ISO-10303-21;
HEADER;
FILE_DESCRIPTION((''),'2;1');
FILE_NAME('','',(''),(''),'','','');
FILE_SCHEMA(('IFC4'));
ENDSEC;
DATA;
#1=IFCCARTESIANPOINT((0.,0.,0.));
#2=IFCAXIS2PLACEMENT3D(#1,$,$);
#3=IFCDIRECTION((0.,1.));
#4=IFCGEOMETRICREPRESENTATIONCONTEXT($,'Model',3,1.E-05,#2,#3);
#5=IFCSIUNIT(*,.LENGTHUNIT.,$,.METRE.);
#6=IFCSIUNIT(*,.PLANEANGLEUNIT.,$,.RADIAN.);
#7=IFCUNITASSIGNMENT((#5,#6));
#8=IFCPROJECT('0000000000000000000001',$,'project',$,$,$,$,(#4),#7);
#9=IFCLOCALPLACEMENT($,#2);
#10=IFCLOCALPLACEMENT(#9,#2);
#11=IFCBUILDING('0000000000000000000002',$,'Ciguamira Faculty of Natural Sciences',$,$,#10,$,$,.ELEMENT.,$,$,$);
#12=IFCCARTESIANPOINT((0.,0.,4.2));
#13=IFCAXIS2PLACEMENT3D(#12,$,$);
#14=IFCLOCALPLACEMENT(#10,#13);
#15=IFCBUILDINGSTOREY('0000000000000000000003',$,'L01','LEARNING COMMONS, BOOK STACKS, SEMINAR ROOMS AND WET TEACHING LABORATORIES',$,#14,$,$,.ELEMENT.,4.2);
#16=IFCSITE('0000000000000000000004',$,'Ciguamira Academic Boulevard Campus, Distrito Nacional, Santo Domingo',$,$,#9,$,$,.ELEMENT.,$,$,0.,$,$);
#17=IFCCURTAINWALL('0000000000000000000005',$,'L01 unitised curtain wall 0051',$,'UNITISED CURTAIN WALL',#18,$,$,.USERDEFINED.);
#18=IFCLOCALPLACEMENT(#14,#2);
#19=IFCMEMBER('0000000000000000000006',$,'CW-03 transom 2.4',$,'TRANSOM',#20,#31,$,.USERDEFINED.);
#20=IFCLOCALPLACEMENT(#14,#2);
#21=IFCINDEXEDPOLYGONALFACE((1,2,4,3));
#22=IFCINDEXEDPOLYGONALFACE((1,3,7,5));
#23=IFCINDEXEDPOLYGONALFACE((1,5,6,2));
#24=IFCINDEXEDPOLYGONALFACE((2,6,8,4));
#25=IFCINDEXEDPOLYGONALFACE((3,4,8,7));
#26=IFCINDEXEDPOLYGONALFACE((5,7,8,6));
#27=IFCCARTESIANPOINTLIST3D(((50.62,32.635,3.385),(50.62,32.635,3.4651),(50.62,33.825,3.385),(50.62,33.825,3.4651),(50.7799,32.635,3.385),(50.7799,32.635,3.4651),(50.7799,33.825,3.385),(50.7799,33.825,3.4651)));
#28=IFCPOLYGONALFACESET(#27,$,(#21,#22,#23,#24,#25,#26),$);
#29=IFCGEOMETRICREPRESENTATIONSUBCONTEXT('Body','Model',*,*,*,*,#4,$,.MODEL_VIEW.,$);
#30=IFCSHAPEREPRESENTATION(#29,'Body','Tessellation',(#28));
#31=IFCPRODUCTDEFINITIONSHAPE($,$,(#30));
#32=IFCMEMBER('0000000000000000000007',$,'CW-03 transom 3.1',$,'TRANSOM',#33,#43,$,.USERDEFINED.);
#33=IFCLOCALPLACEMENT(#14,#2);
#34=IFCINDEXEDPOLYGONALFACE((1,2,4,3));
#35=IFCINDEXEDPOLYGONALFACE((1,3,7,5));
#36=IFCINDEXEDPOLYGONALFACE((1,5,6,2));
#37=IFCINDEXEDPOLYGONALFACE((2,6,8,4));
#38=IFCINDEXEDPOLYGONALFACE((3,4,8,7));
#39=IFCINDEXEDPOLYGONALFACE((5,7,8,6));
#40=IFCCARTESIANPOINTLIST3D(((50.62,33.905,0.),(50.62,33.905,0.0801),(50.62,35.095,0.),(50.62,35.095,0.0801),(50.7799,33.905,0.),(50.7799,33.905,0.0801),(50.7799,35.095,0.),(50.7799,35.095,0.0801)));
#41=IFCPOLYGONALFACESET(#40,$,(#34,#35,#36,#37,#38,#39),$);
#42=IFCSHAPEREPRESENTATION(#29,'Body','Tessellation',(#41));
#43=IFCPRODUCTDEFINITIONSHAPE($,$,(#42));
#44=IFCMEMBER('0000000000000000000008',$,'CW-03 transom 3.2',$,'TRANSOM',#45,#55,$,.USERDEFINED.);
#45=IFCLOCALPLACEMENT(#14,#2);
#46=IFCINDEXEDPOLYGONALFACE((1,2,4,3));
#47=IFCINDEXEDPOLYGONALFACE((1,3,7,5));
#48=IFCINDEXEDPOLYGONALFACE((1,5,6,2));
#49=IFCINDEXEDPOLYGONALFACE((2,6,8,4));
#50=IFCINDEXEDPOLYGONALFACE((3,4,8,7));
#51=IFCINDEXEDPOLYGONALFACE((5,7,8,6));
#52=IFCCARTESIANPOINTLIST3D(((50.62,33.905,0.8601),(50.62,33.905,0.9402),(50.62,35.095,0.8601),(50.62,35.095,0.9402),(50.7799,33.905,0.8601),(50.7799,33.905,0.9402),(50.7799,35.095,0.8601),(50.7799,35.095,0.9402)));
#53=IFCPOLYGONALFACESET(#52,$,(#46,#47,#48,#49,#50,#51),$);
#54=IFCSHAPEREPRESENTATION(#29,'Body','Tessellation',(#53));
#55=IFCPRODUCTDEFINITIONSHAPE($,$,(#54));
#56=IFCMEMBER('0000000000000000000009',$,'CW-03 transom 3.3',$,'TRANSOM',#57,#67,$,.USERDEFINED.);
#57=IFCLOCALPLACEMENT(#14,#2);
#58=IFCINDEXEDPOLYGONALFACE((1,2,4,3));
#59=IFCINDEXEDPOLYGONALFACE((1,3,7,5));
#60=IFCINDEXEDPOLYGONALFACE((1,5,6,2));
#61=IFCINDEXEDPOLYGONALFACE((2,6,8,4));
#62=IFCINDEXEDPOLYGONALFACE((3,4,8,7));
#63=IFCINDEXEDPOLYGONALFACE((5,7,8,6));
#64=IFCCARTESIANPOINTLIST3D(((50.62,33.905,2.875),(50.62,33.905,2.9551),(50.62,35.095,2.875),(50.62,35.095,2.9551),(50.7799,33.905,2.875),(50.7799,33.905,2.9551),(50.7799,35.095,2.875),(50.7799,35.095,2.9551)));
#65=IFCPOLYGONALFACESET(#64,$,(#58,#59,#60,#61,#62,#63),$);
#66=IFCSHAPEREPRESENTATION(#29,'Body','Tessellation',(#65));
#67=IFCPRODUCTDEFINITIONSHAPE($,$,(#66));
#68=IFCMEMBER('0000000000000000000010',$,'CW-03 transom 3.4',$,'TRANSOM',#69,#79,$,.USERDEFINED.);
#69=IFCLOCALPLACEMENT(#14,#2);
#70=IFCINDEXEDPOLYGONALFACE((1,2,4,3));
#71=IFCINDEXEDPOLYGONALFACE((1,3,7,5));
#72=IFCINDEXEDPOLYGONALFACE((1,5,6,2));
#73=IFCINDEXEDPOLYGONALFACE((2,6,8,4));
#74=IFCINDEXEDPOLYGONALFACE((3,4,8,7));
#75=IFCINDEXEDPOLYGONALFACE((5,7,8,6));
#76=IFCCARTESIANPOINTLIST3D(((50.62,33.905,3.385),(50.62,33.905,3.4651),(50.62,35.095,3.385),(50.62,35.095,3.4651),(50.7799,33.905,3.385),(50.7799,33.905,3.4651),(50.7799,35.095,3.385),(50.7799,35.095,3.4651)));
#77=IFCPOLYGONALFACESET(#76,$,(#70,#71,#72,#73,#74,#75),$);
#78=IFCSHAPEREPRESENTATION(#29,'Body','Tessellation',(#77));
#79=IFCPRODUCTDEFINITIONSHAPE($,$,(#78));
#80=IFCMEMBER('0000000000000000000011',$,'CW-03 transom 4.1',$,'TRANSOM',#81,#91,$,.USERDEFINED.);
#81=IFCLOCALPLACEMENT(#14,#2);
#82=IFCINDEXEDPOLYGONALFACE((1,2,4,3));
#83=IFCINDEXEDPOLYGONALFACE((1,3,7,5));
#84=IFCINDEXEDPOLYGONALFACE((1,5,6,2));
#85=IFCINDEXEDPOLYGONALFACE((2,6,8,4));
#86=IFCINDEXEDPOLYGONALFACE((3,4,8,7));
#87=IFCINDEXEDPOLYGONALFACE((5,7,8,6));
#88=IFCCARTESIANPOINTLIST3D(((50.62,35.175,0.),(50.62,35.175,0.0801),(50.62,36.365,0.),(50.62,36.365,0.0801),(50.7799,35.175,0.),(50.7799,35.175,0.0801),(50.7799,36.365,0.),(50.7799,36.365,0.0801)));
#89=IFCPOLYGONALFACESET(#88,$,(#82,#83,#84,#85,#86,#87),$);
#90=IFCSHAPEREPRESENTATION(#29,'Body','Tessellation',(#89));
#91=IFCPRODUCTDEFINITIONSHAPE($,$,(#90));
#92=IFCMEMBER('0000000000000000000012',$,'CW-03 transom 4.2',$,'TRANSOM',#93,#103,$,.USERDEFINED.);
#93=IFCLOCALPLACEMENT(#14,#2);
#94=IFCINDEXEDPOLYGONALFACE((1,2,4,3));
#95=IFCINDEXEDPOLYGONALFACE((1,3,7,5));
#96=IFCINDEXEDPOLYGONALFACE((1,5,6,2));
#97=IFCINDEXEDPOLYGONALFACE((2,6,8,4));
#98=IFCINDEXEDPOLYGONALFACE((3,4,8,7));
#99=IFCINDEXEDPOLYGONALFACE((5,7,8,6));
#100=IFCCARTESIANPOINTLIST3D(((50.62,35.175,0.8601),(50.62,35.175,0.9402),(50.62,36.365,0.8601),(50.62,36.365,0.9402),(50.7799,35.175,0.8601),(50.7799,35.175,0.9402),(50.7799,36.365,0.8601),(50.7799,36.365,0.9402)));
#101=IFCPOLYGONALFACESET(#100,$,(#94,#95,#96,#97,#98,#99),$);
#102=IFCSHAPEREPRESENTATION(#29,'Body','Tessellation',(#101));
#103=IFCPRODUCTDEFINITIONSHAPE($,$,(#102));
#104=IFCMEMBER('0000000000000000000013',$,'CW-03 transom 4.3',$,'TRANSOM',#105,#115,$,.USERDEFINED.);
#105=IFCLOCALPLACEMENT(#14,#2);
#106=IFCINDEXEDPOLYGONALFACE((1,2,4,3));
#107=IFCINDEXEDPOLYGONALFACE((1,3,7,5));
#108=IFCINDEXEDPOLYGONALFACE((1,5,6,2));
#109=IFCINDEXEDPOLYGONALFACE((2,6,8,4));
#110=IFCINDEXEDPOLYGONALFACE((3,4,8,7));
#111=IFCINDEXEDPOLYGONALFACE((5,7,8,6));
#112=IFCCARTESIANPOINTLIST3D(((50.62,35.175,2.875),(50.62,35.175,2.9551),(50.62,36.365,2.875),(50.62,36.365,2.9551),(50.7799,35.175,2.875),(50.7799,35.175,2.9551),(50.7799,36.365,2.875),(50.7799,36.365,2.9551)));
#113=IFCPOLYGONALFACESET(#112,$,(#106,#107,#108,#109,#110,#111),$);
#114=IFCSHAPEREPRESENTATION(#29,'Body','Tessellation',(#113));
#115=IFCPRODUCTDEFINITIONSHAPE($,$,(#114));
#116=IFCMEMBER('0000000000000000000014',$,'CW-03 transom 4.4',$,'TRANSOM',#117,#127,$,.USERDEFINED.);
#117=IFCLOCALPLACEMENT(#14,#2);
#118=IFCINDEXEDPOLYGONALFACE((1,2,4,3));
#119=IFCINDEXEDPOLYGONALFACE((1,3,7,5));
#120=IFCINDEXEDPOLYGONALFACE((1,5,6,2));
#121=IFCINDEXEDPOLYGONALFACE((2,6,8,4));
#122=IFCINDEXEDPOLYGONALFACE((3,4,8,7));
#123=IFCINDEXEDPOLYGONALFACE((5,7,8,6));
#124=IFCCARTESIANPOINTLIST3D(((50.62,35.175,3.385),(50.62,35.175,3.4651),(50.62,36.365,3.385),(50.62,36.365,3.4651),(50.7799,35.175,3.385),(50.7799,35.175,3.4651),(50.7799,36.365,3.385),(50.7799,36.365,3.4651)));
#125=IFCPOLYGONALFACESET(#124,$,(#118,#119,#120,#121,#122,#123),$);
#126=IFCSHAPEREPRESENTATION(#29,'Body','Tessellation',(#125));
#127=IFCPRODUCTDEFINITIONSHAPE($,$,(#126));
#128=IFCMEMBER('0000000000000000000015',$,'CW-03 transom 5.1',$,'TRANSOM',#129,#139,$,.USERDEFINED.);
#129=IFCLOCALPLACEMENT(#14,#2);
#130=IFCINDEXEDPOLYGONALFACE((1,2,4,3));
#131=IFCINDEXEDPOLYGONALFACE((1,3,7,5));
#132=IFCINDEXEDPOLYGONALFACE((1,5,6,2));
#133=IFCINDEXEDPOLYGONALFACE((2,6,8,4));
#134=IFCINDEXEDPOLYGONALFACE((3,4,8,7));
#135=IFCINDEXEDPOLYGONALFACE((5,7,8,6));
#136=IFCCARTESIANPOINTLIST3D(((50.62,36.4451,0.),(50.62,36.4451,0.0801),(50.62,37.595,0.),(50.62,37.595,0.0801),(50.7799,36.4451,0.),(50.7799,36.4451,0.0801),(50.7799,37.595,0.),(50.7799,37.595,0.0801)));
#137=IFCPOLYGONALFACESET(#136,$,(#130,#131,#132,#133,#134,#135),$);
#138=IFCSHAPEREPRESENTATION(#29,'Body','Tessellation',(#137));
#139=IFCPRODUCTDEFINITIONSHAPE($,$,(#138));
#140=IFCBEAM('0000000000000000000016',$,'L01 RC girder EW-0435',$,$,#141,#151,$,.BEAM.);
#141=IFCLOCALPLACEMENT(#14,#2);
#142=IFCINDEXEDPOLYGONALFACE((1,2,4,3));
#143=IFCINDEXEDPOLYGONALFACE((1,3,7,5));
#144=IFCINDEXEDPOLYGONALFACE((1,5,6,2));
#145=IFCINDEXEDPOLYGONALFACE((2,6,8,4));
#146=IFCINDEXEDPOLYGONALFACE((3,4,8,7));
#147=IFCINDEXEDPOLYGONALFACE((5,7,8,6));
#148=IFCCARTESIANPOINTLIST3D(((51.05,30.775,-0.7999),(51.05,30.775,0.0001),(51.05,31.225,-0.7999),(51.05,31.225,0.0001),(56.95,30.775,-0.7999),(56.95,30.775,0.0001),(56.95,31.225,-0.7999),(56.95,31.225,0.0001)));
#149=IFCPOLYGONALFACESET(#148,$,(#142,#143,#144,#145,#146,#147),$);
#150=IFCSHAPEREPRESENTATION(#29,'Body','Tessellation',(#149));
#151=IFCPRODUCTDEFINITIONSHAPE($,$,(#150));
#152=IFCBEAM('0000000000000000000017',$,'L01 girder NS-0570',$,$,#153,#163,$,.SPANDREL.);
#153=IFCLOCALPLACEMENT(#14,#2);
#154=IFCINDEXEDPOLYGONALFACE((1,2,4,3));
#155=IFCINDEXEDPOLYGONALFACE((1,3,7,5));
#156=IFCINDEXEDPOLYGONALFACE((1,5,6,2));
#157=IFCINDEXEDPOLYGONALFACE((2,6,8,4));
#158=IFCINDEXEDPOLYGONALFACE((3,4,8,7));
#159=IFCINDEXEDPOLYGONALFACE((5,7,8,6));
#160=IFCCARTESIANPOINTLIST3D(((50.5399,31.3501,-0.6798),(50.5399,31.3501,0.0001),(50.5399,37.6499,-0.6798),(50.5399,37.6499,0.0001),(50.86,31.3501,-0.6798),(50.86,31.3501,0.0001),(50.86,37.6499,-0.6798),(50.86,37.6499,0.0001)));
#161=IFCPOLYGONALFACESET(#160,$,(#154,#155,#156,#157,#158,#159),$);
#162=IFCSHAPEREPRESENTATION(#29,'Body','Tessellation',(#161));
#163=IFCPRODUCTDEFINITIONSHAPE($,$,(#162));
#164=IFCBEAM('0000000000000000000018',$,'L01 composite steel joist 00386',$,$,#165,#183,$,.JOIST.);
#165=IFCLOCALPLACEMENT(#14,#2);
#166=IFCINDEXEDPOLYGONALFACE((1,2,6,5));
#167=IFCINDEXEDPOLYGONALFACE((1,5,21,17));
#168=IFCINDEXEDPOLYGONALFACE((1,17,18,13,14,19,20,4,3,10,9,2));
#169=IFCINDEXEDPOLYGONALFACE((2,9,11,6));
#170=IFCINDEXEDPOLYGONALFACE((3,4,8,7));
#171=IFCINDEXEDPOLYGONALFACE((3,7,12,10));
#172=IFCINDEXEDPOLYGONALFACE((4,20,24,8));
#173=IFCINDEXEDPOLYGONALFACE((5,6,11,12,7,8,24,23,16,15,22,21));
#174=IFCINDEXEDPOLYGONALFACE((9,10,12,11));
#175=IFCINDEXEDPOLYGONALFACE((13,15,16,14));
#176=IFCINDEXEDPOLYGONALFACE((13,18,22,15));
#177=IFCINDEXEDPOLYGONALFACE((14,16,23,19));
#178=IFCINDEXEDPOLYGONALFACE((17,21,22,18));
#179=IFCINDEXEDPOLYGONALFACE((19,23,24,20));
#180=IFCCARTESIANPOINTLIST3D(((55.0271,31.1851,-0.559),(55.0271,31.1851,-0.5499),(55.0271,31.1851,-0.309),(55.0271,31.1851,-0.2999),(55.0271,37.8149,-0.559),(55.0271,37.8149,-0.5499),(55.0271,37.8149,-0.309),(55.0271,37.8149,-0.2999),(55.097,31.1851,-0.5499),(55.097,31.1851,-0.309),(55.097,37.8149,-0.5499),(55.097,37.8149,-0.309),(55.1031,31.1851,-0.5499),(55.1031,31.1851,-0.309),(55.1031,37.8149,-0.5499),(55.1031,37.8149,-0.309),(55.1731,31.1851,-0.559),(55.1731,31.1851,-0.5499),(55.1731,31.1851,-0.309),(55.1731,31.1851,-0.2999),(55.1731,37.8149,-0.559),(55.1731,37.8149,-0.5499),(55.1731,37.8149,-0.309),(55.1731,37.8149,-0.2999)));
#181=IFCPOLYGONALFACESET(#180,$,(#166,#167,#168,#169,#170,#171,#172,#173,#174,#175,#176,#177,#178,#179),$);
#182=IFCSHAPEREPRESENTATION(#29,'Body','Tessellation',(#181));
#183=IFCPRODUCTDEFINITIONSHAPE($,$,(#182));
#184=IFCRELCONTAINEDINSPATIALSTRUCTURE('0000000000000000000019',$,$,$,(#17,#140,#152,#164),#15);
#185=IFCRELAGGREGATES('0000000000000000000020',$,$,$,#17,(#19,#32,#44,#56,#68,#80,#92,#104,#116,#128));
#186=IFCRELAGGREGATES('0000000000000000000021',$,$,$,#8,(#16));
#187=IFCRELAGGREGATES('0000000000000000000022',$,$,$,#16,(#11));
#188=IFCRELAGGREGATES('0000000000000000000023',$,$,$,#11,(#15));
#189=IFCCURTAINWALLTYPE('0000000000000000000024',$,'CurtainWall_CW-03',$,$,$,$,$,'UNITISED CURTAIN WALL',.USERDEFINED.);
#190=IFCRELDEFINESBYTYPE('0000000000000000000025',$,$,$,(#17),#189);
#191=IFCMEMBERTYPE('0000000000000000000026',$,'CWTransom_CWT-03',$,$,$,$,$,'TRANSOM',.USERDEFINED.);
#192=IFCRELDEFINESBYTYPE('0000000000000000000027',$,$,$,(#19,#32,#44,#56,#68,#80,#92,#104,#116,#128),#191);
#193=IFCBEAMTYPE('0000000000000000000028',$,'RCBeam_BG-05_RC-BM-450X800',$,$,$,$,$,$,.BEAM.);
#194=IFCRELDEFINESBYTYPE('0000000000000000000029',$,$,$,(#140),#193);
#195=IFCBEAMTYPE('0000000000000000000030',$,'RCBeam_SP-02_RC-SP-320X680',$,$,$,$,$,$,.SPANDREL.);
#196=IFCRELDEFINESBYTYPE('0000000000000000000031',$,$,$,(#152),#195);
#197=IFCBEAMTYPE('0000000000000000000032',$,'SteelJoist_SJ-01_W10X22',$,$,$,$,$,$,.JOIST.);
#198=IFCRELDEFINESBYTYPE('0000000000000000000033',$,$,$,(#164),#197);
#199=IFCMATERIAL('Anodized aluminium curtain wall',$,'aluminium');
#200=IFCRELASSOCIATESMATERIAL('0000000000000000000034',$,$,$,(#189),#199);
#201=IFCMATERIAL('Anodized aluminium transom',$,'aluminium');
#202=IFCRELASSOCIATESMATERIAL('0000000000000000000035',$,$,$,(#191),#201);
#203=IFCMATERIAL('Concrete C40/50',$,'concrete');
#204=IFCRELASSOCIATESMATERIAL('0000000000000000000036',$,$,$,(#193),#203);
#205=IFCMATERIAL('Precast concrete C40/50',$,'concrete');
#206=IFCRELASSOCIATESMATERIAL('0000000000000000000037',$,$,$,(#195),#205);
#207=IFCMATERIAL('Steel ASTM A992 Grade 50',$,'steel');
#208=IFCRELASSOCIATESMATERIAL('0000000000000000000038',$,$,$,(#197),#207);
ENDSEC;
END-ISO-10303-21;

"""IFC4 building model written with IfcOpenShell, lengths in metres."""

from ifc_helpers import new_model, si_unit, direction, frame, origin, origin_2d, place, context, subcontext, project, spatial, rectangle, i_section, extrude, material, material_profile, profile_set, type_object, element, aggregate, save


model = new_model("IFC4")

# Units and contexts
model_context = context("Model", 3, precision=1e-05, world=origin(), true_north=direction((0.0, 1.0)))
body_context = subcontext(model_context, "Body", "Model", "MODEL_VIEW")
ifc_project = project(units=[si_unit("LENGTHUNIT", "METRE"), si_unit("PLANEANGLEUNIT", "RADIAN")], contexts=[model_context])

# Site, building, storey
site_placement = place(None, origin())
site = spatial("IfcSite", under=ifc_project, at=site_placement, Name="Ciguamira Academic Boulevard Campus, Distrito Nacional, Santo Domingo", CompositionType="ELEMENT", RefElevation=0.0)
building_placement = place(site_placement, origin())
building = spatial("IfcBuilding", under=site, at=building_placement, Name="Ciguamira Faculty of Natural Sciences", CompositionType="ELEMENT")
storey_placement = place(building_placement, frame((0.0, 0.0, 4.2)))
storey = spatial("IfcBuildingStorey", under=building, at=storey_placement, Name="L01", Description="LEARNING COMMONS, BOOK STACKS, SEMINAR ROOMS AND WET TEACHING LABORATORIES", CompositionType="ELEMENT", Elevation=4.2)

# Shared definitions
ifc_material_1 = material(Name="Concrete C40/50", Category="concrete")

# Shared definitions
ifc_material_2 = material(Name="Anodized aluminium curtain wall", Category="aluminium")

# Curtain wall, members
curtain_wall_type_1 = type_object("IfcCurtainWallType", Name="CurtainWall_CW-03", ElementType="UNITISED CURTAIN WALL", PredefinedType="USERDEFINED", material=ifc_material_2)
curtain_wall_1_placement = place(storey_placement, origin())
curtain_wall_1 = element("IfcCurtainWall", 1, at=curtain_wall_1_placement, inside=storey, type_object=curtain_wall_type_1, Name="L01 unitised curtain wall 0051", ObjectType="UNITISED CURTAIN WALL", PredefinedType="USERDEFINED")
ifc_material_3 = material(Name="Anodized aluminium transom", Category="aluminium")
ifc_material_profile_1 = material_profile(ifc_material_3, rectangle(XDim=0.0801, YDim=0.1599, at=origin_2d()), Name="ALU-TRN-80X160")
ifc_profile_set_1 = profile_set([ifc_material_profile_1], Name="Anodized aluminium transom")
member_type_1 = type_object("IfcMemberType", Name="CWTransom_CWT-03", ElementType="TRANSOM", PredefinedType="USERDEFINED", material=ifc_profile_set_1)
member_1_placement = place(storey_placement, frame((50.7, 32.635, 3.425), z_axis=(0.0, 1.0, 0.0), x_axis=(0.0, 0.0, 1.0)))
member_1 = element("IfcMember", 2, at=member_1_placement, type_object=member_type_1, Name="CW-03 transom 2.4", ObjectType="TRANSOM", PredefinedType="USERDEFINED", context=body_context, shape_type="SweptSolid", body=[
    extrude(rectangle(XDim=0.0801, YDim=0.1599, at=origin_2d()), origin(), (0.0, 0.0, 1.0), 1.1899),
])
member_2_placement = place(storey_placement, frame((50.7, 33.905, 0.04), z_axis=(0.0, 1.0, 0.0), x_axis=(0.0, 0.0, 1.0)))
member_2 = element("IfcMember", 3, at=member_2_placement, type_object=member_type_1, Name="CW-03 transom 3.1", ObjectType="TRANSOM", PredefinedType="USERDEFINED", context=body_context, shape_type="SweptSolid", body=[
    extrude(rectangle(XDim=0.0801, YDim=0.1599, at=origin_2d()), origin(), (0.0, 0.0, 1.0), 1.1899),
])
member_3_placement = place(storey_placement, frame((50.7, 33.905, 0.9001), z_axis=(0.0, 1.0, 0.0), x_axis=(0.0, 0.0, 1.0)))
member_3 = element("IfcMember", 4, at=member_3_placement, type_object=member_type_1, Name="CW-03 transom 3.2", ObjectType="TRANSOM", PredefinedType="USERDEFINED", context=body_context, shape_type="SweptSolid", body=[
    extrude(rectangle(XDim=0.0801, YDim=0.1599, at=origin_2d()), origin(), (0.0, 0.0, 1.0), 1.1899),
])
member_4_placement = place(storey_placement, frame((50.7, 33.905, 2.915), z_axis=(0.0, 1.0, 0.0), x_axis=(0.0, 0.0, 1.0)))
member_4 = element("IfcMember", 5, at=member_4_placement, type_object=member_type_1, Name="CW-03 transom 3.3", ObjectType="TRANSOM", PredefinedType="USERDEFINED", context=body_context, shape_type="SweptSolid", body=[
    extrude(rectangle(XDim=0.0801, YDim=0.1599, at=origin_2d()), origin(), (0.0, 0.0, 1.0), 1.1899),
])
member_5_placement = place(storey_placement, frame((50.7, 33.905, 3.425), z_axis=(0.0, 1.0, 0.0), x_axis=(0.0, 0.0, 1.0)))
member_5 = element("IfcMember", 6, at=member_5_placement, type_object=member_type_1, Name="CW-03 transom 3.4", ObjectType="TRANSOM", PredefinedType="USERDEFINED", context=body_context, shape_type="SweptSolid", body=[
    extrude(rectangle(XDim=0.0801, YDim=0.1599, at=origin_2d()), origin(), (0.0, 0.0, 1.0), 1.1899),
])
member_6_placement = place(storey_placement, frame((50.7, 35.175, 0.04), z_axis=(0.0, 1.0, 0.0), x_axis=(0.0, 0.0, 1.0)))
member_6 = element("IfcMember", 7, at=member_6_placement, type_object=member_type_1, Name="CW-03 transom 4.1", ObjectType="TRANSOM", PredefinedType="USERDEFINED", context=body_context, shape_type="SweptSolid", body=[
    extrude(rectangle(XDim=0.0801, YDim=0.1599, at=origin_2d()), origin(), (0.0, 0.0, 1.0), 1.1899),
])
member_7_placement = place(storey_placement, frame((50.7, 35.175, 0.9001), z_axis=(0.0, 1.0, 0.0), x_axis=(0.0, 0.0, 1.0)))
member_7 = element("IfcMember", 8, at=member_7_placement, type_object=member_type_1, Name="CW-03 transom 4.2", ObjectType="TRANSOM", PredefinedType="USERDEFINED", context=body_context, shape_type="SweptSolid", body=[
    extrude(rectangle(XDim=0.0801, YDim=0.1599, at=origin_2d()), origin(), (0.0, 0.0, 1.0), 1.1899),
])
member_8_placement = place(storey_placement, frame((50.7, 35.175, 2.915), z_axis=(0.0, 1.0, 0.0), x_axis=(0.0, 0.0, 1.0)))
member_8 = element("IfcMember", 9, at=member_8_placement, type_object=member_type_1, Name="CW-03 transom 4.3", ObjectType="TRANSOM", PredefinedType="USERDEFINED", context=body_context, shape_type="SweptSolid", body=[
    extrude(rectangle(XDim=0.0801, YDim=0.1599, at=origin_2d()), origin(), (0.0, 0.0, 1.0), 1.1899),
])
member_9_placement = place(storey_placement, frame((50.7, 35.175, 3.425), z_axis=(0.0, 1.0, 0.0), x_axis=(0.0, 0.0, 1.0)))
member_9 = element("IfcMember", 10, at=member_9_placement, type_object=member_type_1, Name="CW-03 transom 4.4", ObjectType="TRANSOM", PredefinedType="USERDEFINED", context=body_context, shape_type="SweptSolid", body=[
    extrude(rectangle(XDim=0.0801, YDim=0.1599, at=origin_2d()), origin(), (0.0, 0.0, 1.0), 1.1899),
])
member_10_placement = place(storey_placement, frame((50.7, 36.4451, 0.04), z_axis=(0.0, 1.0, 0.0), x_axis=(0.0, 0.0, 1.0)))
member_10 = element("IfcMember", 11, at=member_10_placement, type_object=member_type_1, Name="CW-03 transom 5.1", ObjectType="TRANSOM", PredefinedType="USERDEFINED", context=body_context, shape_type="SweptSolid", body=[
    extrude(rectangle(XDim=0.0801, YDim=0.1599, at=origin_2d()), origin(), (0.0, 0.0, 1.0), 1.1499),
])

# Beams
ifc_material_profile_2 = material_profile(ifc_material_1, rectangle(XDim=0.45, YDim=0.8, at=origin_2d()), Name="RC-BM-450X800")
ifc_profile_set_2 = profile_set([ifc_material_profile_2], Name="Concrete C40/50")
beam_type_1 = type_object("IfcBeamType", Name="RCBeam_BG-05_RC-BM-450X800", PredefinedType="BEAM", material=ifc_profile_set_2)
beam_1_placement = place(storey_placement, frame((51.05, 31.0, -0.3999), z_axis=(1.0, 0.0, 0.0), x_axis=(0.0, 1.0, 0.0)))
element("IfcBeam", 12, at=beam_1_placement, inside=storey, type_object=beam_type_1, Name="L01 RC girder EW-0435", PredefinedType="BEAM", context=body_context, shape_type="SweptSolid", body=[
    extrude(rectangle(XDim=0.45, YDim=0.8, at=origin_2d()), origin(), (0.0, 0.0, 1.0), 5.8999),
])
ifc_material_4 = material(Name="Precast concrete C40/50", Category="concrete")
ifc_material_profile_3 = material_profile(ifc_material_4, rectangle(XDim=0.3201, YDim=0.6799, at=origin_2d()), Name="RC-SP-320X680")
ifc_profile_set_3 = profile_set([ifc_material_profile_3], Name="Precast concrete C40/50")
beam_type_2 = type_object("IfcBeamType", Name="RCBeam_SP-02_RC-SP-320X680", PredefinedType="SPANDREL", material=ifc_profile_set_3)
beam_2_placement = place(storey_placement, frame((50.7, 31.3501, -0.3398), z_axis=(0.0, 1.0, 0.0), x_axis=(-1.0, 0.0, 0.0)))
element("IfcBeam", 13, at=beam_2_placement, inside=storey, type_object=beam_type_2, Name="L01 girder NS-0570", PredefinedType="SPANDREL", context=body_context, shape_type="SweptSolid", body=[
    extrude(rectangle(XDim=0.3201, YDim=0.6799, at=origin_2d()), origin(), (0.0, 0.0, 1.0), 6.2998),
])
ifc_material_5 = material(Name="Steel ASTM A992 Grade 50", Category="steel")
ifc_material_profile_4 = material_profile(ifc_material_5, i_section(OverallWidth=0.146, OverallDepth=0.259, WebThickness=0.0061, FlangeThickness=0.009, at=origin_2d()), Name="W10X22")
ifc_profile_set_4 = profile_set([ifc_material_profile_4], Name="Steel ASTM A992 Grade 50")
beam_type_3 = type_object("IfcBeamType", Name="SteelJoist_SJ-01_W10X22", PredefinedType="JOIST", material=ifc_profile_set_4)
beam_3_placement = place(storey_placement, frame((55.1001, 31.1851, -0.4294), z_axis=(0.0, 1.0, 0.0), x_axis=(-1.0, 0.0, 0.0)))
element("IfcBeam", 14, at=beam_3_placement, inside=storey, type_object=beam_type_3, Name="L01 composite steel joist 00386", PredefinedType="JOIST", context=body_context, shape_type="SweptSolid", body=[
    extrude(i_section(OverallWidth=0.146, OverallDepth=0.259, WebThickness=0.0061, FlangeThickness=0.009, at=origin_2d()), origin(), (0.0, 0.0, 1.0), 6.6299),
])

aggregate(curtain_wall_1, [member_1, member_2, member_3, member_4, member_5, member_6, member_7, member_8, member_9, member_10])

save(model, "model.ifc")
